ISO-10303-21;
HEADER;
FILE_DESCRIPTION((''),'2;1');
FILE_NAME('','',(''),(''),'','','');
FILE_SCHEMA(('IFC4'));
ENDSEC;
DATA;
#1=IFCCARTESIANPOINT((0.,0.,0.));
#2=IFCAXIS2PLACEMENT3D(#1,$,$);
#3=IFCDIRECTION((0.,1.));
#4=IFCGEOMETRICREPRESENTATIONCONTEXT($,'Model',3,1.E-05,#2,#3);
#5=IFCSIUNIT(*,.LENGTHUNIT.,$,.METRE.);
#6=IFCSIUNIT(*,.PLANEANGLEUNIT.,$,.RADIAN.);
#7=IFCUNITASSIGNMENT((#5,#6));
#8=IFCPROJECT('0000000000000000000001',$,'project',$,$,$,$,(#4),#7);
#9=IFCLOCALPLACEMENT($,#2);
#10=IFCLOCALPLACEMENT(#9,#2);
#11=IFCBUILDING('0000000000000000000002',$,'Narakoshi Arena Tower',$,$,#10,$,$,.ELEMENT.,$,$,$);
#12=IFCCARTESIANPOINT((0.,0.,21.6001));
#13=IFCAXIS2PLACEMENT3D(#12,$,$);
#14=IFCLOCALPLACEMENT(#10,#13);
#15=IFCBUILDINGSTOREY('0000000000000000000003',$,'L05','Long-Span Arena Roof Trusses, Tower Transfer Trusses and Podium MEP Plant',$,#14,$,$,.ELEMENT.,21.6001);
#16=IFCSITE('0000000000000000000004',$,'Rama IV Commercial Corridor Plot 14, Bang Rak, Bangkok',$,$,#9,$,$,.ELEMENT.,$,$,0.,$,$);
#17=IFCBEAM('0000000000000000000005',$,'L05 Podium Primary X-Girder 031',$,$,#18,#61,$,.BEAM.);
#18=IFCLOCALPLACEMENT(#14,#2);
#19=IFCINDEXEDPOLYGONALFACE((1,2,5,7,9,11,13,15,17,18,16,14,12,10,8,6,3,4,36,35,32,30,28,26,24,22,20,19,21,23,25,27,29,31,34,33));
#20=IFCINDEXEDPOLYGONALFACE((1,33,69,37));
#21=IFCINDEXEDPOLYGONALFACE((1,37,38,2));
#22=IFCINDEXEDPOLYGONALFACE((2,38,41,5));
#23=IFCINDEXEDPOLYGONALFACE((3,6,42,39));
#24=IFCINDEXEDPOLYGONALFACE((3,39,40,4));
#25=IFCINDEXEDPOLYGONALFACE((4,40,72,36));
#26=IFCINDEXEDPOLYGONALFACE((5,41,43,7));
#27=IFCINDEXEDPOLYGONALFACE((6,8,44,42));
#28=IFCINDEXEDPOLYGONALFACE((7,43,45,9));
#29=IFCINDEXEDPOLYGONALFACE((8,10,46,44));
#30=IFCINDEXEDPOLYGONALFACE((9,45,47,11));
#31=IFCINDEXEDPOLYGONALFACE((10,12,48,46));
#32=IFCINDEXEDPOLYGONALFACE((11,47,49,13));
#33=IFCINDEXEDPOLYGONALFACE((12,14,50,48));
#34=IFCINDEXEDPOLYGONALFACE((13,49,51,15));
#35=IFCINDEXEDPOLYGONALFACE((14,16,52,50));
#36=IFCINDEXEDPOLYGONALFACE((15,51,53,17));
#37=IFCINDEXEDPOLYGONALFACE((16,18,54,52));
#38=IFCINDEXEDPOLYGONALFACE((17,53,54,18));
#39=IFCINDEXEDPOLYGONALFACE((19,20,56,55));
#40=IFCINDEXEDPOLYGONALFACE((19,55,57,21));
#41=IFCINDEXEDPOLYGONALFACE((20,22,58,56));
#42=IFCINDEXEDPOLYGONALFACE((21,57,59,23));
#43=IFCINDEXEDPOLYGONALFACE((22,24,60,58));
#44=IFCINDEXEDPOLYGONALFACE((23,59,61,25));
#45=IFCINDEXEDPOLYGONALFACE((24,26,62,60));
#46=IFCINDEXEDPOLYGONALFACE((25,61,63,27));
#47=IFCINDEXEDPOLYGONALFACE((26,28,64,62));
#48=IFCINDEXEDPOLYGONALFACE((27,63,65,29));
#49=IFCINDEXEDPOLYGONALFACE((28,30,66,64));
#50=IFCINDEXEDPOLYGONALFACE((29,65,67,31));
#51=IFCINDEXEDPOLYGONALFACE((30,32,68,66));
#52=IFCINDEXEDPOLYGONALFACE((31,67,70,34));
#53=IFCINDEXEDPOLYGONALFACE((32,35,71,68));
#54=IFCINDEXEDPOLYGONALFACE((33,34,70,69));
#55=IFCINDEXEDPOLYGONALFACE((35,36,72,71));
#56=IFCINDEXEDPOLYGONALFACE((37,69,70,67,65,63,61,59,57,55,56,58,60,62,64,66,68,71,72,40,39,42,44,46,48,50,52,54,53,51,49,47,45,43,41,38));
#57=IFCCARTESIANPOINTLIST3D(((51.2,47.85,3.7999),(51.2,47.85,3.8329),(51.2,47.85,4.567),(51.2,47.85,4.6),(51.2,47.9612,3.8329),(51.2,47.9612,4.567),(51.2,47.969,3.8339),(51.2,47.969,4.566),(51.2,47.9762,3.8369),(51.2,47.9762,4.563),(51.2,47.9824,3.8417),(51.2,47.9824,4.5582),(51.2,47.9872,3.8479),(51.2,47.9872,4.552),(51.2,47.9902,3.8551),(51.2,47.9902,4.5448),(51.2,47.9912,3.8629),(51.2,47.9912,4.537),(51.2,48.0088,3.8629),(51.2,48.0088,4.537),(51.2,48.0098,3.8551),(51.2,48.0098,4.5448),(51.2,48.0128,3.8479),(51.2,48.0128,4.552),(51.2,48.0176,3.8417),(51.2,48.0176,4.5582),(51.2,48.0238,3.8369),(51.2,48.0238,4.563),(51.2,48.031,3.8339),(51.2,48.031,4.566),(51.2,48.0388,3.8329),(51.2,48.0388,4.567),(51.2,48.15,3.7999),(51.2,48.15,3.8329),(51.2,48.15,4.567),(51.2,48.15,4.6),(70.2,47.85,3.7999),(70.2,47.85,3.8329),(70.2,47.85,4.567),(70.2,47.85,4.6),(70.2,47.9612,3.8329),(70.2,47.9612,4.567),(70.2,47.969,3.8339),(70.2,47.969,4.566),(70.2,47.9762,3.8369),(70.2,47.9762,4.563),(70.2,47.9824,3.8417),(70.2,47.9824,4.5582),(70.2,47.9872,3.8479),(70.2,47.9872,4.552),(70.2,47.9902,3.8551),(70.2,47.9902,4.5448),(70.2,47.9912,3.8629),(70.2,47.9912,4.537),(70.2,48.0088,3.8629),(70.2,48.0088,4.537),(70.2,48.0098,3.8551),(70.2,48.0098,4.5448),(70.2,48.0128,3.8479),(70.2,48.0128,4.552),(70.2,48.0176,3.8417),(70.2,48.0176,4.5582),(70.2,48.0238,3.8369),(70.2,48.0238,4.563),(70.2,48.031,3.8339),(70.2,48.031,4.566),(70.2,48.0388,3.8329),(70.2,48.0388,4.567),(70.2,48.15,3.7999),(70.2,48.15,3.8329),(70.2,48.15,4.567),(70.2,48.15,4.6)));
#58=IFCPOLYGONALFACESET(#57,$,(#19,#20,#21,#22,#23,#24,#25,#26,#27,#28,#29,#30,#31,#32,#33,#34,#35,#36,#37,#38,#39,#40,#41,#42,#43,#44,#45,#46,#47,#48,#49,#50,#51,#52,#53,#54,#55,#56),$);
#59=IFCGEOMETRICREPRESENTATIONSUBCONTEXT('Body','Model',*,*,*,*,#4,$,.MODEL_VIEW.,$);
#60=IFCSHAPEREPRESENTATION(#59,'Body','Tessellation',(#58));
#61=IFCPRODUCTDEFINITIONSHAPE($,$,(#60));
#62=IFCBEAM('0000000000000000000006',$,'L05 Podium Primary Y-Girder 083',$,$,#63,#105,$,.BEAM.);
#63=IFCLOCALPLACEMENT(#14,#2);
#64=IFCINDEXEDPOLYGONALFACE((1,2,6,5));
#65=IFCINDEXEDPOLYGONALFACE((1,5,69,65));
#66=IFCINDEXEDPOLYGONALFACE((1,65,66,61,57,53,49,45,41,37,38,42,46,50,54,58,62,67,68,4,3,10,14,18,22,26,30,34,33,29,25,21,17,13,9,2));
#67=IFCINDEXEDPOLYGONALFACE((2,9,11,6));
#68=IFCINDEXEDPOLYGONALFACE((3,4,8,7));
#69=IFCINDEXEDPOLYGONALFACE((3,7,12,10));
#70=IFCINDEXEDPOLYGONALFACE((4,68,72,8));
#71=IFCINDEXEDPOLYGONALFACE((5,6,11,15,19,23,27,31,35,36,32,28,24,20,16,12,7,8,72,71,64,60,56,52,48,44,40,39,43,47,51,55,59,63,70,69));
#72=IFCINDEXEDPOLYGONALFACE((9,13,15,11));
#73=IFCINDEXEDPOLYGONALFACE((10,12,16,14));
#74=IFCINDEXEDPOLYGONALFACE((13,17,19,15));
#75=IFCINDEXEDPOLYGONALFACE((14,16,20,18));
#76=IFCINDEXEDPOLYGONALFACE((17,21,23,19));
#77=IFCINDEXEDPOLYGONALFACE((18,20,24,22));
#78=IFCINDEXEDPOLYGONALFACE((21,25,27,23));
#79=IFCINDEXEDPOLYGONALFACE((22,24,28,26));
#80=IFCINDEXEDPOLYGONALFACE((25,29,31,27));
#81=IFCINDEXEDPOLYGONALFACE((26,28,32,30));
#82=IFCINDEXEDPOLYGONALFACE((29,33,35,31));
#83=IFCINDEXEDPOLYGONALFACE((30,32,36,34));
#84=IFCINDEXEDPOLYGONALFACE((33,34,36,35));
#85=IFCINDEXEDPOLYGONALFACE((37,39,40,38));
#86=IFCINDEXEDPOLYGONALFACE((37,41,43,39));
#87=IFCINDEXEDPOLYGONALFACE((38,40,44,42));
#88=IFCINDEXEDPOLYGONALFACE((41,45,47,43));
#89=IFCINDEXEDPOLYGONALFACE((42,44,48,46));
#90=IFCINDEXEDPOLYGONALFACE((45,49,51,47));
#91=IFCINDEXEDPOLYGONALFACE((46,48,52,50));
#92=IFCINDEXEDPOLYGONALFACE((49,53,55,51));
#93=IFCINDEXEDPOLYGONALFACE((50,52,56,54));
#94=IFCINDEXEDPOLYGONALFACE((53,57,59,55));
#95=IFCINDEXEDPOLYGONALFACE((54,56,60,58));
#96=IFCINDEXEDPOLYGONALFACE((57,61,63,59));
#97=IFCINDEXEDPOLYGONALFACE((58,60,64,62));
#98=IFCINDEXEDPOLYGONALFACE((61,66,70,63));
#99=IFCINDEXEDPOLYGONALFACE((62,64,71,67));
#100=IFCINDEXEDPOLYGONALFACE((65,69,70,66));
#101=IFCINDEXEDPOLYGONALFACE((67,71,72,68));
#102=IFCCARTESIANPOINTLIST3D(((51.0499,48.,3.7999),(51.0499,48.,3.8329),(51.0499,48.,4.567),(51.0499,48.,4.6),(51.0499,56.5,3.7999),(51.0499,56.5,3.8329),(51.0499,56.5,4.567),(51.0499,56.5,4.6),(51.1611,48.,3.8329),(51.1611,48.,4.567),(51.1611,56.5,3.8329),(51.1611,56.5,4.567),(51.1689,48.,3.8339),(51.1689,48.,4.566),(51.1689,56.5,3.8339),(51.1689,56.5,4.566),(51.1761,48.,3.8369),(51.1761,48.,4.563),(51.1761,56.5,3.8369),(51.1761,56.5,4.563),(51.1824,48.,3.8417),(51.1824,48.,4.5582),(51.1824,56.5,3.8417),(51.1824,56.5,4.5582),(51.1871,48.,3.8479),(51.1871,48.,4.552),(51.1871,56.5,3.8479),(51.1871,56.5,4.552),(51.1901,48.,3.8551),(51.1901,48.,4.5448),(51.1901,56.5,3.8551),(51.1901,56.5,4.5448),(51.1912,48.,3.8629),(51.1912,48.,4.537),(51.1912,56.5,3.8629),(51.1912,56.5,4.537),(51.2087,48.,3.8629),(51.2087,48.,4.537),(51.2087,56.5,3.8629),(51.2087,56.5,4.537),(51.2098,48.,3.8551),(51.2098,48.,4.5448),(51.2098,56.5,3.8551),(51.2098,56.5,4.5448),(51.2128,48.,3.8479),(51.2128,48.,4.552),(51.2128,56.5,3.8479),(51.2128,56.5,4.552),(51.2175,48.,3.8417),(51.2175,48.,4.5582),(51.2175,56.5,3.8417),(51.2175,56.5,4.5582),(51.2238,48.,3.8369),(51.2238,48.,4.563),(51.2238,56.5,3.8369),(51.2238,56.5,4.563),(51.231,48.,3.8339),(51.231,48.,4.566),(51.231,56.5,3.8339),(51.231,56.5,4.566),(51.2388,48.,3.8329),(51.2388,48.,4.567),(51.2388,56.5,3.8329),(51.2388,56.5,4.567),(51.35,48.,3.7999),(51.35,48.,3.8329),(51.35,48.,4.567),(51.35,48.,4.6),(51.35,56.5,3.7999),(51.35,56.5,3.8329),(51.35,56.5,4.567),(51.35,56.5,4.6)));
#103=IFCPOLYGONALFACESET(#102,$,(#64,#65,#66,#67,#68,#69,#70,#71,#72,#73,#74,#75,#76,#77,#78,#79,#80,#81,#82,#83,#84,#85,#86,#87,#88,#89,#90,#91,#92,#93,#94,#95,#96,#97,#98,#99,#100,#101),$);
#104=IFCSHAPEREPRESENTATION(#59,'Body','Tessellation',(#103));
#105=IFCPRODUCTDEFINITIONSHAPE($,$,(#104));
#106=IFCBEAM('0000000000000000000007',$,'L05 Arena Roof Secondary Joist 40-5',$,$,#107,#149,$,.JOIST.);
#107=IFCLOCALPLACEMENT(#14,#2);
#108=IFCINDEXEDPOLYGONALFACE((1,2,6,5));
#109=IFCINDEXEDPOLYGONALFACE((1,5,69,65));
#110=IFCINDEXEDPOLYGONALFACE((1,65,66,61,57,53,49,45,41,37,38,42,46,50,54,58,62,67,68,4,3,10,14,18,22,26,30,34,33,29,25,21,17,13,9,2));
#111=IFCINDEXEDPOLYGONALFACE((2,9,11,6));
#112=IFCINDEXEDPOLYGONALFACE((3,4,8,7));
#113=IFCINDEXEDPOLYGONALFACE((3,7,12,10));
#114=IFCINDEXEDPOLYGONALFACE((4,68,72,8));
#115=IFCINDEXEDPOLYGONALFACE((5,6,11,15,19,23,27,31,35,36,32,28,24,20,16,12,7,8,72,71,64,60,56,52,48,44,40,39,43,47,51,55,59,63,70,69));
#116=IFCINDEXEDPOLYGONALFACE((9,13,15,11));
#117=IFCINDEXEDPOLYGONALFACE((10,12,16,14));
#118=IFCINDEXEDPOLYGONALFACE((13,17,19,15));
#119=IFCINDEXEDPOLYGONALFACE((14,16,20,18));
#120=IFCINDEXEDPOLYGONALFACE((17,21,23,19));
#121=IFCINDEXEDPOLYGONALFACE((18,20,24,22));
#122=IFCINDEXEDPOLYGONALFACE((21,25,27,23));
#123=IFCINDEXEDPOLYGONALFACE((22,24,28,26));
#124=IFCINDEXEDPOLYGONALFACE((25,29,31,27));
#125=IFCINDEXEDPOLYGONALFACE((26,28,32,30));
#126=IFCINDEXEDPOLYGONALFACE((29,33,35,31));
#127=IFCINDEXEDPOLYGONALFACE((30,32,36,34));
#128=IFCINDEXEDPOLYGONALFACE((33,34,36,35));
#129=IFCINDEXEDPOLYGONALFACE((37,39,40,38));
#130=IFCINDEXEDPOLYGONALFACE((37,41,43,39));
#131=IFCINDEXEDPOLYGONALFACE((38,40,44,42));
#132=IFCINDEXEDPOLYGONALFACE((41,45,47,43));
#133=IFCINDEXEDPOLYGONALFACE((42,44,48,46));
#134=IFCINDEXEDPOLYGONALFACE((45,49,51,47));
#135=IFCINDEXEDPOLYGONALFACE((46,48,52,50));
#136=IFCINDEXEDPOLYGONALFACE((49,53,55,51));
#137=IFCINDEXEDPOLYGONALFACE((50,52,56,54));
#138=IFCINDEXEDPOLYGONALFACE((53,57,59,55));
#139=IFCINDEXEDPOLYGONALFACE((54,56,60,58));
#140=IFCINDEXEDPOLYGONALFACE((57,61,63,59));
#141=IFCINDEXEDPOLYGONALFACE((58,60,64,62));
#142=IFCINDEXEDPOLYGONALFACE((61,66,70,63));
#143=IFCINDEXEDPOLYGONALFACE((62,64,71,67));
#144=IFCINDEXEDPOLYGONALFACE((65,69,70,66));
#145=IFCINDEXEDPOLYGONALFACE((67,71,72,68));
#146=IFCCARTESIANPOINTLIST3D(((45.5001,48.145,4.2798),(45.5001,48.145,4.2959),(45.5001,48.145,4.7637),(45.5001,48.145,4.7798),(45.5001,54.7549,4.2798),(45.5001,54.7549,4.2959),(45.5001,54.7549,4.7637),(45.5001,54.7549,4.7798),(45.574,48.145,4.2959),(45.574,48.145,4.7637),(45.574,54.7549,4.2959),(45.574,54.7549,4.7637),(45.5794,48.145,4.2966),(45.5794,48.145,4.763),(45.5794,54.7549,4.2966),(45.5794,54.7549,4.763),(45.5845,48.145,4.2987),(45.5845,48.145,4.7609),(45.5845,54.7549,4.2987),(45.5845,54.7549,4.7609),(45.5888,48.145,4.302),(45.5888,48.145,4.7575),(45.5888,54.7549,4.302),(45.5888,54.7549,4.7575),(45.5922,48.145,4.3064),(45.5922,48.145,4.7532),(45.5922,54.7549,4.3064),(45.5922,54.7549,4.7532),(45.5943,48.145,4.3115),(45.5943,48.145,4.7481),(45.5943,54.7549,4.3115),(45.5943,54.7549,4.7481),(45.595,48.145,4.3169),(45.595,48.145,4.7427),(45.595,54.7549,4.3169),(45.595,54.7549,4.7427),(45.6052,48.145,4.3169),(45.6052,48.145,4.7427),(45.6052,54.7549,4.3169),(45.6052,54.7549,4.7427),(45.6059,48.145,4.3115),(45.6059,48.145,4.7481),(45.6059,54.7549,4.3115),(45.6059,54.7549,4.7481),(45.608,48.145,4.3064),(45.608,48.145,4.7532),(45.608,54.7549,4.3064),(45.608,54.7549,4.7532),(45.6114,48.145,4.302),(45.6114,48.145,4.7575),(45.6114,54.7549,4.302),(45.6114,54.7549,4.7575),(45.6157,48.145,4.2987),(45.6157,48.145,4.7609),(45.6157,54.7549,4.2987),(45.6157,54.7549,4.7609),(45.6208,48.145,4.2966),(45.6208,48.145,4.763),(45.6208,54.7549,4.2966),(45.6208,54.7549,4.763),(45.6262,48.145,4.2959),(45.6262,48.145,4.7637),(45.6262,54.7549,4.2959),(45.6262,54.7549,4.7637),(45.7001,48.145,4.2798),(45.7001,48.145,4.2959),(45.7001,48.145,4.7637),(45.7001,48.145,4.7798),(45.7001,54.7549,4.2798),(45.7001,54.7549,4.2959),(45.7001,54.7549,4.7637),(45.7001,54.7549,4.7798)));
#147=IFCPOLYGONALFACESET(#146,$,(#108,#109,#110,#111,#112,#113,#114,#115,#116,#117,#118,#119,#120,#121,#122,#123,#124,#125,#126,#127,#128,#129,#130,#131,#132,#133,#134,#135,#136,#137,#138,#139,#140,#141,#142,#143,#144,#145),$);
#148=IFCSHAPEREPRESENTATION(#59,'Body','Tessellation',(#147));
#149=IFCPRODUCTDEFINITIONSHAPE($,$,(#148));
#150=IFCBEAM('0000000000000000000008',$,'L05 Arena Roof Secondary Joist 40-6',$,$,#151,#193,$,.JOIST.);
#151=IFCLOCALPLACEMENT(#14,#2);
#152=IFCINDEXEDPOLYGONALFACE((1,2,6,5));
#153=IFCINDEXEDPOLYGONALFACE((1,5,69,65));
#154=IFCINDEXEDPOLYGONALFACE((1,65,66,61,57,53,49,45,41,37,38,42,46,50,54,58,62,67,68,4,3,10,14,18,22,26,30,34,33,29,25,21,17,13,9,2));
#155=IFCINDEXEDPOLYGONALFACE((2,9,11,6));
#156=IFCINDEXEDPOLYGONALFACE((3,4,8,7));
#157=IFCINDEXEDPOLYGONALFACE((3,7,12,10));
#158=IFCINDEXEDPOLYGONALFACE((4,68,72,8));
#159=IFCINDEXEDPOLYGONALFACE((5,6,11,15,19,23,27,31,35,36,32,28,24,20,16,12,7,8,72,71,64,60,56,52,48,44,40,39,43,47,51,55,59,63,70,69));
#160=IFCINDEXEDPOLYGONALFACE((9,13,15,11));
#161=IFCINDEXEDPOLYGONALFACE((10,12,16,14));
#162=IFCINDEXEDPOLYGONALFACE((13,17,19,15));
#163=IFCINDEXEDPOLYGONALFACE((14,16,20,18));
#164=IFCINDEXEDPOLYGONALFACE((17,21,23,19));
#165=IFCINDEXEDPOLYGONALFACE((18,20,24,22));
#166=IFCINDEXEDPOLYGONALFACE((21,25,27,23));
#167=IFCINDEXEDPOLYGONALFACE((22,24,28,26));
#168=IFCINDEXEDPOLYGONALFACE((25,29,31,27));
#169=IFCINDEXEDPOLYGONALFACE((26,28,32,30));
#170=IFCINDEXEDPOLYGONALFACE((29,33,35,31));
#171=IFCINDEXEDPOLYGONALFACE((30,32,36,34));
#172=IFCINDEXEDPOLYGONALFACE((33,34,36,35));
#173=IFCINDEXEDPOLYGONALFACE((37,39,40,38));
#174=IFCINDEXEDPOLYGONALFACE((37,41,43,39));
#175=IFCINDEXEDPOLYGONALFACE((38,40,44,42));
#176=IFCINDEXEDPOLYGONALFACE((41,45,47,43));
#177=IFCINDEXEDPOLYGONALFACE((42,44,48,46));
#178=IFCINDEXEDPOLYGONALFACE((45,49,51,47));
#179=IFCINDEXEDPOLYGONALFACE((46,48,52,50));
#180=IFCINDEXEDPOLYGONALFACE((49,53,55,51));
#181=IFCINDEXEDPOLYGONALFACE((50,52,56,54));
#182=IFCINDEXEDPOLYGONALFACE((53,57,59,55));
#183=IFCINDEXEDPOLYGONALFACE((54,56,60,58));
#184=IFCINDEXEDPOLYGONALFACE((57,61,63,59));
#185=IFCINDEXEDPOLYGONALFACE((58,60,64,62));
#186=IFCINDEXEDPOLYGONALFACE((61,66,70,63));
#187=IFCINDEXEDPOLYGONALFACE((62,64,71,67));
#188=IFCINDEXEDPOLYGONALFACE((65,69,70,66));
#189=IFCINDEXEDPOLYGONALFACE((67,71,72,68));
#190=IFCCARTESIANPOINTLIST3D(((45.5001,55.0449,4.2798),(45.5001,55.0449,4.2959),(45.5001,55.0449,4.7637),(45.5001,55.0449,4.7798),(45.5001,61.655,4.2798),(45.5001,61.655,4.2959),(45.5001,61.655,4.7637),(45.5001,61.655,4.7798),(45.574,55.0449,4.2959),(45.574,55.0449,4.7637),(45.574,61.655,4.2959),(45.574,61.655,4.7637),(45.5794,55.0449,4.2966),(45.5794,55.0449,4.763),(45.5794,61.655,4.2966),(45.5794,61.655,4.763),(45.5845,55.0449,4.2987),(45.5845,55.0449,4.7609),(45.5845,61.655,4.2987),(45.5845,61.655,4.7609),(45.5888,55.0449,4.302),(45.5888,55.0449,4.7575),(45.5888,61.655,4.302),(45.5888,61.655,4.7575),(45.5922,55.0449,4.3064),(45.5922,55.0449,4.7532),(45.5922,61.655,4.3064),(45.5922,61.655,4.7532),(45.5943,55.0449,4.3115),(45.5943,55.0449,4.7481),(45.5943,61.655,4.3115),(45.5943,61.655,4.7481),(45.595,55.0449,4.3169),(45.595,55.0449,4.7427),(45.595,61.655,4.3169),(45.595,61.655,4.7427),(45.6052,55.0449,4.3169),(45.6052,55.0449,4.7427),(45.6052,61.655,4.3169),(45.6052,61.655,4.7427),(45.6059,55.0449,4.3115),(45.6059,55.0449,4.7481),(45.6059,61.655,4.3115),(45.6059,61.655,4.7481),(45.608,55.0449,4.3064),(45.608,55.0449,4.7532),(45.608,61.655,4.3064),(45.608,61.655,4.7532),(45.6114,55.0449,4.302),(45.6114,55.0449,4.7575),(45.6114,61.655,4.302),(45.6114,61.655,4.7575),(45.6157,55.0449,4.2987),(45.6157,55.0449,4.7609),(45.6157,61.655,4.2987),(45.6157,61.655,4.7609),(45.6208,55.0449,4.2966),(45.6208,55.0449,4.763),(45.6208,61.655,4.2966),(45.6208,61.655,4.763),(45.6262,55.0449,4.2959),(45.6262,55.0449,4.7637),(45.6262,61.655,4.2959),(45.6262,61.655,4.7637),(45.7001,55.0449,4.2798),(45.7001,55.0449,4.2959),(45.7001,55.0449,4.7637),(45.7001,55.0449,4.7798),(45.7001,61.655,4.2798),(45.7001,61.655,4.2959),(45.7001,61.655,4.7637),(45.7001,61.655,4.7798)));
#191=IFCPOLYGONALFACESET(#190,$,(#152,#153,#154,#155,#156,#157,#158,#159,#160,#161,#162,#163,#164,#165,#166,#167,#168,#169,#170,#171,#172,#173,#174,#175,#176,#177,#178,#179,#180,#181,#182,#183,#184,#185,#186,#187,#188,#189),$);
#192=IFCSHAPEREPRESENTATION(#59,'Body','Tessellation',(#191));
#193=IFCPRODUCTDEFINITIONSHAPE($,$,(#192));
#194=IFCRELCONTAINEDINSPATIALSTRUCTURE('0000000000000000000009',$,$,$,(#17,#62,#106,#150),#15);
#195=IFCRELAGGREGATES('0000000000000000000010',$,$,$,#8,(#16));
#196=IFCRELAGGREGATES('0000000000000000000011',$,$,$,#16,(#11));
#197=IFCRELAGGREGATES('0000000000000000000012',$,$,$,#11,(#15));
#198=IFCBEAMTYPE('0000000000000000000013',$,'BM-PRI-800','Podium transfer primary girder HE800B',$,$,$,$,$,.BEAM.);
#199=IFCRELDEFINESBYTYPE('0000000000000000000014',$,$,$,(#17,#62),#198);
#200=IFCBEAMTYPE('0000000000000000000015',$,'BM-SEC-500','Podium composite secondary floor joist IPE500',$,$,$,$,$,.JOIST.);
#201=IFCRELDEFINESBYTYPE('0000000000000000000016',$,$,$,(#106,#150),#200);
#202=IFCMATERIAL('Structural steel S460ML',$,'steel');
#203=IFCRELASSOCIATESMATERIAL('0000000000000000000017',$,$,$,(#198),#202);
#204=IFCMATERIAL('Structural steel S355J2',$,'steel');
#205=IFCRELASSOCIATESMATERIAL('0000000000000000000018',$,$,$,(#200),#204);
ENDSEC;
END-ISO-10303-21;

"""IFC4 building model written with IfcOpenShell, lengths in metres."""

from ifc_helpers import new_model, si_unit, direction, frame, origin, origin_2d, place, context, subcontext, project, spatial, i_section, extrude, material, material_profile, profile_set, type_object, element, save


model = new_model("IFC4")

# Units and contexts
model_context = context("Model", 3, precision=1e-05, world=origin(), true_north=direction((0.0, 1.0)))
body_context = subcontext(model_context, "Body", "Model", "MODEL_VIEW")
ifc_project = project(units=[si_unit("LENGTHUNIT", "METRE"), si_unit("PLANEANGLEUNIT", "RADIAN")], contexts=[model_context])

# Site, building, storey
site_placement = place(None, origin())
site = spatial("IfcSite", under=ifc_project, at=site_placement, Name="Rama IV Commercial Corridor Plot 14, Bang Rak, Bangkok", CompositionType="ELEMENT", RefElevation=0.0)
building_placement = place(site_placement, origin())
building = spatial("IfcBuilding", under=site, at=building_placement, Name="Narakoshi Arena Tower", CompositionType="ELEMENT")
storey_placement = place(building_placement, frame((0.0, 0.0, 21.6001)))
storey = spatial("IfcBuildingStorey", under=building, at=storey_placement, Name="L05", Description="Long-Span Arena Roof Trusses, Tower Transfer Trusses and Podium MEP Plant", CompositionType="ELEMENT", Elevation=21.6001)

# Beams
ifc_material_1 = material(Name="Structural steel S355J2", Category="steel")
ifc_material_2 = material(Name="Structural steel S460ML", Category="steel")
ifc_material_profile_1 = material_profile(ifc_material_2, i_section(OverallWidth=0.3, OverallDepth=0.8, WebThickness=0.0176, FlangeThickness=0.033, FilletRadius=0.03, at=origin_2d()), Name="HE800B")
ifc_profile_set_1 = profile_set([ifc_material_profile_1], Name="Structural steel S460ML")
beam_type_1 = type_object("IfcBeamType", Name="BM-PRI-800", Description="Podium transfer primary girder HE800B", PredefinedType="BEAM", material=ifc_profile_set_1)
beam_1_placement = place(storey_placement, frame((51.2, 48.0, 4.2), z_axis=(1.0, 0.0, 0.0), x_axis=(0.0, 1.0, 0.0)))
element("IfcBeam", 1, at=beam_1_placement, inside=storey, type_object=beam_type_1, Name="L05 Podium Primary X-Girder 031", PredefinedType="BEAM", context=body_context, shape_type="SweptSolid", body=[
    extrude(i_section(OverallWidth=0.3, OverallDepth=0.8, WebThickness=0.0176, FlangeThickness=0.033, FilletRadius=0.03, at=origin_2d()), origin(), (0.0, 0.0, 1.0), 19.0),
])
beam_2_placement = place(storey_placement, frame((51.2, 48.0, 4.2), z_axis=(0.0, 1.0, 0.0), x_axis=(-1.0, 0.0, 0.0)))
element("IfcBeam", 2, at=beam_2_placement, inside=storey, type_object=beam_type_1, Name="L05 Podium Primary Y-Girder 083", PredefinedType="BEAM", context=body_context, shape_type="SweptSolid", body=[
    extrude(i_section(OverallWidth=0.3, OverallDepth=0.8, WebThickness=0.0176, FlangeThickness=0.033, FilletRadius=0.03, at=origin_2d()), origin(), (0.0, 0.0, 1.0), 8.5),
])
ifc_material_profile_2 = material_profile(ifc_material_1, i_section(OverallWidth=0.2, OverallDepth=0.5, WebThickness=0.0103, FlangeThickness=0.0161, FilletRadius=0.021, at=origin_2d()), Name="IPE500")
ifc_profile_set_2 = profile_set([ifc_material_profile_2], Name="Structural steel S355J2")
beam_type_2 = type_object("IfcBeamType", Name="BM-SEC-500", Description="Podium composite secondary floor joist IPE500", PredefinedType="JOIST", material=ifc_profile_set_2)
beam_3_placement = place(storey_placement, frame((45.6001, 48.145, 4.5298), z_axis=(0.0, 1.0, 0.0), x_axis=(-1.0, 0.0, 0.0)))
element("IfcBeam", 3, at=beam_3_placement, inside=storey, type_object=beam_type_2, Name="L05 Arena Roof Secondary Joist 40-5", PredefinedType="JOIST", context=body_context, shape_type="SweptSolid", body=[
    extrude(i_section(OverallWidth=0.2, OverallDepth=0.5, WebThickness=0.0103, FlangeThickness=0.0161, FilletRadius=0.021, at=origin_2d()), origin(), (0.0, 0.0, 1.0), 6.6099),
])
beam_4_placement = place(storey_placement, frame((45.6001, 55.0449, 4.5298), z_axis=(0.0, 1.0, 0.0), x_axis=(-1.0, 0.0, 0.0)))
element("IfcBeam", 4, at=beam_4_placement, inside=storey, type_object=beam_type_2, Name="L05 Arena Roof Secondary Joist 40-6", PredefinedType="JOIST", context=body_context, shape_type="SweptSolid", body=[
    extrude(i_section(OverallWidth=0.2, OverallDepth=0.5, WebThickness=0.0103, FlangeThickness=0.0161, FilletRadius=0.021, at=origin_2d()), origin(), (0.0, 0.0, 1.0), 6.6101),
])

save(model, "model.ifc")
